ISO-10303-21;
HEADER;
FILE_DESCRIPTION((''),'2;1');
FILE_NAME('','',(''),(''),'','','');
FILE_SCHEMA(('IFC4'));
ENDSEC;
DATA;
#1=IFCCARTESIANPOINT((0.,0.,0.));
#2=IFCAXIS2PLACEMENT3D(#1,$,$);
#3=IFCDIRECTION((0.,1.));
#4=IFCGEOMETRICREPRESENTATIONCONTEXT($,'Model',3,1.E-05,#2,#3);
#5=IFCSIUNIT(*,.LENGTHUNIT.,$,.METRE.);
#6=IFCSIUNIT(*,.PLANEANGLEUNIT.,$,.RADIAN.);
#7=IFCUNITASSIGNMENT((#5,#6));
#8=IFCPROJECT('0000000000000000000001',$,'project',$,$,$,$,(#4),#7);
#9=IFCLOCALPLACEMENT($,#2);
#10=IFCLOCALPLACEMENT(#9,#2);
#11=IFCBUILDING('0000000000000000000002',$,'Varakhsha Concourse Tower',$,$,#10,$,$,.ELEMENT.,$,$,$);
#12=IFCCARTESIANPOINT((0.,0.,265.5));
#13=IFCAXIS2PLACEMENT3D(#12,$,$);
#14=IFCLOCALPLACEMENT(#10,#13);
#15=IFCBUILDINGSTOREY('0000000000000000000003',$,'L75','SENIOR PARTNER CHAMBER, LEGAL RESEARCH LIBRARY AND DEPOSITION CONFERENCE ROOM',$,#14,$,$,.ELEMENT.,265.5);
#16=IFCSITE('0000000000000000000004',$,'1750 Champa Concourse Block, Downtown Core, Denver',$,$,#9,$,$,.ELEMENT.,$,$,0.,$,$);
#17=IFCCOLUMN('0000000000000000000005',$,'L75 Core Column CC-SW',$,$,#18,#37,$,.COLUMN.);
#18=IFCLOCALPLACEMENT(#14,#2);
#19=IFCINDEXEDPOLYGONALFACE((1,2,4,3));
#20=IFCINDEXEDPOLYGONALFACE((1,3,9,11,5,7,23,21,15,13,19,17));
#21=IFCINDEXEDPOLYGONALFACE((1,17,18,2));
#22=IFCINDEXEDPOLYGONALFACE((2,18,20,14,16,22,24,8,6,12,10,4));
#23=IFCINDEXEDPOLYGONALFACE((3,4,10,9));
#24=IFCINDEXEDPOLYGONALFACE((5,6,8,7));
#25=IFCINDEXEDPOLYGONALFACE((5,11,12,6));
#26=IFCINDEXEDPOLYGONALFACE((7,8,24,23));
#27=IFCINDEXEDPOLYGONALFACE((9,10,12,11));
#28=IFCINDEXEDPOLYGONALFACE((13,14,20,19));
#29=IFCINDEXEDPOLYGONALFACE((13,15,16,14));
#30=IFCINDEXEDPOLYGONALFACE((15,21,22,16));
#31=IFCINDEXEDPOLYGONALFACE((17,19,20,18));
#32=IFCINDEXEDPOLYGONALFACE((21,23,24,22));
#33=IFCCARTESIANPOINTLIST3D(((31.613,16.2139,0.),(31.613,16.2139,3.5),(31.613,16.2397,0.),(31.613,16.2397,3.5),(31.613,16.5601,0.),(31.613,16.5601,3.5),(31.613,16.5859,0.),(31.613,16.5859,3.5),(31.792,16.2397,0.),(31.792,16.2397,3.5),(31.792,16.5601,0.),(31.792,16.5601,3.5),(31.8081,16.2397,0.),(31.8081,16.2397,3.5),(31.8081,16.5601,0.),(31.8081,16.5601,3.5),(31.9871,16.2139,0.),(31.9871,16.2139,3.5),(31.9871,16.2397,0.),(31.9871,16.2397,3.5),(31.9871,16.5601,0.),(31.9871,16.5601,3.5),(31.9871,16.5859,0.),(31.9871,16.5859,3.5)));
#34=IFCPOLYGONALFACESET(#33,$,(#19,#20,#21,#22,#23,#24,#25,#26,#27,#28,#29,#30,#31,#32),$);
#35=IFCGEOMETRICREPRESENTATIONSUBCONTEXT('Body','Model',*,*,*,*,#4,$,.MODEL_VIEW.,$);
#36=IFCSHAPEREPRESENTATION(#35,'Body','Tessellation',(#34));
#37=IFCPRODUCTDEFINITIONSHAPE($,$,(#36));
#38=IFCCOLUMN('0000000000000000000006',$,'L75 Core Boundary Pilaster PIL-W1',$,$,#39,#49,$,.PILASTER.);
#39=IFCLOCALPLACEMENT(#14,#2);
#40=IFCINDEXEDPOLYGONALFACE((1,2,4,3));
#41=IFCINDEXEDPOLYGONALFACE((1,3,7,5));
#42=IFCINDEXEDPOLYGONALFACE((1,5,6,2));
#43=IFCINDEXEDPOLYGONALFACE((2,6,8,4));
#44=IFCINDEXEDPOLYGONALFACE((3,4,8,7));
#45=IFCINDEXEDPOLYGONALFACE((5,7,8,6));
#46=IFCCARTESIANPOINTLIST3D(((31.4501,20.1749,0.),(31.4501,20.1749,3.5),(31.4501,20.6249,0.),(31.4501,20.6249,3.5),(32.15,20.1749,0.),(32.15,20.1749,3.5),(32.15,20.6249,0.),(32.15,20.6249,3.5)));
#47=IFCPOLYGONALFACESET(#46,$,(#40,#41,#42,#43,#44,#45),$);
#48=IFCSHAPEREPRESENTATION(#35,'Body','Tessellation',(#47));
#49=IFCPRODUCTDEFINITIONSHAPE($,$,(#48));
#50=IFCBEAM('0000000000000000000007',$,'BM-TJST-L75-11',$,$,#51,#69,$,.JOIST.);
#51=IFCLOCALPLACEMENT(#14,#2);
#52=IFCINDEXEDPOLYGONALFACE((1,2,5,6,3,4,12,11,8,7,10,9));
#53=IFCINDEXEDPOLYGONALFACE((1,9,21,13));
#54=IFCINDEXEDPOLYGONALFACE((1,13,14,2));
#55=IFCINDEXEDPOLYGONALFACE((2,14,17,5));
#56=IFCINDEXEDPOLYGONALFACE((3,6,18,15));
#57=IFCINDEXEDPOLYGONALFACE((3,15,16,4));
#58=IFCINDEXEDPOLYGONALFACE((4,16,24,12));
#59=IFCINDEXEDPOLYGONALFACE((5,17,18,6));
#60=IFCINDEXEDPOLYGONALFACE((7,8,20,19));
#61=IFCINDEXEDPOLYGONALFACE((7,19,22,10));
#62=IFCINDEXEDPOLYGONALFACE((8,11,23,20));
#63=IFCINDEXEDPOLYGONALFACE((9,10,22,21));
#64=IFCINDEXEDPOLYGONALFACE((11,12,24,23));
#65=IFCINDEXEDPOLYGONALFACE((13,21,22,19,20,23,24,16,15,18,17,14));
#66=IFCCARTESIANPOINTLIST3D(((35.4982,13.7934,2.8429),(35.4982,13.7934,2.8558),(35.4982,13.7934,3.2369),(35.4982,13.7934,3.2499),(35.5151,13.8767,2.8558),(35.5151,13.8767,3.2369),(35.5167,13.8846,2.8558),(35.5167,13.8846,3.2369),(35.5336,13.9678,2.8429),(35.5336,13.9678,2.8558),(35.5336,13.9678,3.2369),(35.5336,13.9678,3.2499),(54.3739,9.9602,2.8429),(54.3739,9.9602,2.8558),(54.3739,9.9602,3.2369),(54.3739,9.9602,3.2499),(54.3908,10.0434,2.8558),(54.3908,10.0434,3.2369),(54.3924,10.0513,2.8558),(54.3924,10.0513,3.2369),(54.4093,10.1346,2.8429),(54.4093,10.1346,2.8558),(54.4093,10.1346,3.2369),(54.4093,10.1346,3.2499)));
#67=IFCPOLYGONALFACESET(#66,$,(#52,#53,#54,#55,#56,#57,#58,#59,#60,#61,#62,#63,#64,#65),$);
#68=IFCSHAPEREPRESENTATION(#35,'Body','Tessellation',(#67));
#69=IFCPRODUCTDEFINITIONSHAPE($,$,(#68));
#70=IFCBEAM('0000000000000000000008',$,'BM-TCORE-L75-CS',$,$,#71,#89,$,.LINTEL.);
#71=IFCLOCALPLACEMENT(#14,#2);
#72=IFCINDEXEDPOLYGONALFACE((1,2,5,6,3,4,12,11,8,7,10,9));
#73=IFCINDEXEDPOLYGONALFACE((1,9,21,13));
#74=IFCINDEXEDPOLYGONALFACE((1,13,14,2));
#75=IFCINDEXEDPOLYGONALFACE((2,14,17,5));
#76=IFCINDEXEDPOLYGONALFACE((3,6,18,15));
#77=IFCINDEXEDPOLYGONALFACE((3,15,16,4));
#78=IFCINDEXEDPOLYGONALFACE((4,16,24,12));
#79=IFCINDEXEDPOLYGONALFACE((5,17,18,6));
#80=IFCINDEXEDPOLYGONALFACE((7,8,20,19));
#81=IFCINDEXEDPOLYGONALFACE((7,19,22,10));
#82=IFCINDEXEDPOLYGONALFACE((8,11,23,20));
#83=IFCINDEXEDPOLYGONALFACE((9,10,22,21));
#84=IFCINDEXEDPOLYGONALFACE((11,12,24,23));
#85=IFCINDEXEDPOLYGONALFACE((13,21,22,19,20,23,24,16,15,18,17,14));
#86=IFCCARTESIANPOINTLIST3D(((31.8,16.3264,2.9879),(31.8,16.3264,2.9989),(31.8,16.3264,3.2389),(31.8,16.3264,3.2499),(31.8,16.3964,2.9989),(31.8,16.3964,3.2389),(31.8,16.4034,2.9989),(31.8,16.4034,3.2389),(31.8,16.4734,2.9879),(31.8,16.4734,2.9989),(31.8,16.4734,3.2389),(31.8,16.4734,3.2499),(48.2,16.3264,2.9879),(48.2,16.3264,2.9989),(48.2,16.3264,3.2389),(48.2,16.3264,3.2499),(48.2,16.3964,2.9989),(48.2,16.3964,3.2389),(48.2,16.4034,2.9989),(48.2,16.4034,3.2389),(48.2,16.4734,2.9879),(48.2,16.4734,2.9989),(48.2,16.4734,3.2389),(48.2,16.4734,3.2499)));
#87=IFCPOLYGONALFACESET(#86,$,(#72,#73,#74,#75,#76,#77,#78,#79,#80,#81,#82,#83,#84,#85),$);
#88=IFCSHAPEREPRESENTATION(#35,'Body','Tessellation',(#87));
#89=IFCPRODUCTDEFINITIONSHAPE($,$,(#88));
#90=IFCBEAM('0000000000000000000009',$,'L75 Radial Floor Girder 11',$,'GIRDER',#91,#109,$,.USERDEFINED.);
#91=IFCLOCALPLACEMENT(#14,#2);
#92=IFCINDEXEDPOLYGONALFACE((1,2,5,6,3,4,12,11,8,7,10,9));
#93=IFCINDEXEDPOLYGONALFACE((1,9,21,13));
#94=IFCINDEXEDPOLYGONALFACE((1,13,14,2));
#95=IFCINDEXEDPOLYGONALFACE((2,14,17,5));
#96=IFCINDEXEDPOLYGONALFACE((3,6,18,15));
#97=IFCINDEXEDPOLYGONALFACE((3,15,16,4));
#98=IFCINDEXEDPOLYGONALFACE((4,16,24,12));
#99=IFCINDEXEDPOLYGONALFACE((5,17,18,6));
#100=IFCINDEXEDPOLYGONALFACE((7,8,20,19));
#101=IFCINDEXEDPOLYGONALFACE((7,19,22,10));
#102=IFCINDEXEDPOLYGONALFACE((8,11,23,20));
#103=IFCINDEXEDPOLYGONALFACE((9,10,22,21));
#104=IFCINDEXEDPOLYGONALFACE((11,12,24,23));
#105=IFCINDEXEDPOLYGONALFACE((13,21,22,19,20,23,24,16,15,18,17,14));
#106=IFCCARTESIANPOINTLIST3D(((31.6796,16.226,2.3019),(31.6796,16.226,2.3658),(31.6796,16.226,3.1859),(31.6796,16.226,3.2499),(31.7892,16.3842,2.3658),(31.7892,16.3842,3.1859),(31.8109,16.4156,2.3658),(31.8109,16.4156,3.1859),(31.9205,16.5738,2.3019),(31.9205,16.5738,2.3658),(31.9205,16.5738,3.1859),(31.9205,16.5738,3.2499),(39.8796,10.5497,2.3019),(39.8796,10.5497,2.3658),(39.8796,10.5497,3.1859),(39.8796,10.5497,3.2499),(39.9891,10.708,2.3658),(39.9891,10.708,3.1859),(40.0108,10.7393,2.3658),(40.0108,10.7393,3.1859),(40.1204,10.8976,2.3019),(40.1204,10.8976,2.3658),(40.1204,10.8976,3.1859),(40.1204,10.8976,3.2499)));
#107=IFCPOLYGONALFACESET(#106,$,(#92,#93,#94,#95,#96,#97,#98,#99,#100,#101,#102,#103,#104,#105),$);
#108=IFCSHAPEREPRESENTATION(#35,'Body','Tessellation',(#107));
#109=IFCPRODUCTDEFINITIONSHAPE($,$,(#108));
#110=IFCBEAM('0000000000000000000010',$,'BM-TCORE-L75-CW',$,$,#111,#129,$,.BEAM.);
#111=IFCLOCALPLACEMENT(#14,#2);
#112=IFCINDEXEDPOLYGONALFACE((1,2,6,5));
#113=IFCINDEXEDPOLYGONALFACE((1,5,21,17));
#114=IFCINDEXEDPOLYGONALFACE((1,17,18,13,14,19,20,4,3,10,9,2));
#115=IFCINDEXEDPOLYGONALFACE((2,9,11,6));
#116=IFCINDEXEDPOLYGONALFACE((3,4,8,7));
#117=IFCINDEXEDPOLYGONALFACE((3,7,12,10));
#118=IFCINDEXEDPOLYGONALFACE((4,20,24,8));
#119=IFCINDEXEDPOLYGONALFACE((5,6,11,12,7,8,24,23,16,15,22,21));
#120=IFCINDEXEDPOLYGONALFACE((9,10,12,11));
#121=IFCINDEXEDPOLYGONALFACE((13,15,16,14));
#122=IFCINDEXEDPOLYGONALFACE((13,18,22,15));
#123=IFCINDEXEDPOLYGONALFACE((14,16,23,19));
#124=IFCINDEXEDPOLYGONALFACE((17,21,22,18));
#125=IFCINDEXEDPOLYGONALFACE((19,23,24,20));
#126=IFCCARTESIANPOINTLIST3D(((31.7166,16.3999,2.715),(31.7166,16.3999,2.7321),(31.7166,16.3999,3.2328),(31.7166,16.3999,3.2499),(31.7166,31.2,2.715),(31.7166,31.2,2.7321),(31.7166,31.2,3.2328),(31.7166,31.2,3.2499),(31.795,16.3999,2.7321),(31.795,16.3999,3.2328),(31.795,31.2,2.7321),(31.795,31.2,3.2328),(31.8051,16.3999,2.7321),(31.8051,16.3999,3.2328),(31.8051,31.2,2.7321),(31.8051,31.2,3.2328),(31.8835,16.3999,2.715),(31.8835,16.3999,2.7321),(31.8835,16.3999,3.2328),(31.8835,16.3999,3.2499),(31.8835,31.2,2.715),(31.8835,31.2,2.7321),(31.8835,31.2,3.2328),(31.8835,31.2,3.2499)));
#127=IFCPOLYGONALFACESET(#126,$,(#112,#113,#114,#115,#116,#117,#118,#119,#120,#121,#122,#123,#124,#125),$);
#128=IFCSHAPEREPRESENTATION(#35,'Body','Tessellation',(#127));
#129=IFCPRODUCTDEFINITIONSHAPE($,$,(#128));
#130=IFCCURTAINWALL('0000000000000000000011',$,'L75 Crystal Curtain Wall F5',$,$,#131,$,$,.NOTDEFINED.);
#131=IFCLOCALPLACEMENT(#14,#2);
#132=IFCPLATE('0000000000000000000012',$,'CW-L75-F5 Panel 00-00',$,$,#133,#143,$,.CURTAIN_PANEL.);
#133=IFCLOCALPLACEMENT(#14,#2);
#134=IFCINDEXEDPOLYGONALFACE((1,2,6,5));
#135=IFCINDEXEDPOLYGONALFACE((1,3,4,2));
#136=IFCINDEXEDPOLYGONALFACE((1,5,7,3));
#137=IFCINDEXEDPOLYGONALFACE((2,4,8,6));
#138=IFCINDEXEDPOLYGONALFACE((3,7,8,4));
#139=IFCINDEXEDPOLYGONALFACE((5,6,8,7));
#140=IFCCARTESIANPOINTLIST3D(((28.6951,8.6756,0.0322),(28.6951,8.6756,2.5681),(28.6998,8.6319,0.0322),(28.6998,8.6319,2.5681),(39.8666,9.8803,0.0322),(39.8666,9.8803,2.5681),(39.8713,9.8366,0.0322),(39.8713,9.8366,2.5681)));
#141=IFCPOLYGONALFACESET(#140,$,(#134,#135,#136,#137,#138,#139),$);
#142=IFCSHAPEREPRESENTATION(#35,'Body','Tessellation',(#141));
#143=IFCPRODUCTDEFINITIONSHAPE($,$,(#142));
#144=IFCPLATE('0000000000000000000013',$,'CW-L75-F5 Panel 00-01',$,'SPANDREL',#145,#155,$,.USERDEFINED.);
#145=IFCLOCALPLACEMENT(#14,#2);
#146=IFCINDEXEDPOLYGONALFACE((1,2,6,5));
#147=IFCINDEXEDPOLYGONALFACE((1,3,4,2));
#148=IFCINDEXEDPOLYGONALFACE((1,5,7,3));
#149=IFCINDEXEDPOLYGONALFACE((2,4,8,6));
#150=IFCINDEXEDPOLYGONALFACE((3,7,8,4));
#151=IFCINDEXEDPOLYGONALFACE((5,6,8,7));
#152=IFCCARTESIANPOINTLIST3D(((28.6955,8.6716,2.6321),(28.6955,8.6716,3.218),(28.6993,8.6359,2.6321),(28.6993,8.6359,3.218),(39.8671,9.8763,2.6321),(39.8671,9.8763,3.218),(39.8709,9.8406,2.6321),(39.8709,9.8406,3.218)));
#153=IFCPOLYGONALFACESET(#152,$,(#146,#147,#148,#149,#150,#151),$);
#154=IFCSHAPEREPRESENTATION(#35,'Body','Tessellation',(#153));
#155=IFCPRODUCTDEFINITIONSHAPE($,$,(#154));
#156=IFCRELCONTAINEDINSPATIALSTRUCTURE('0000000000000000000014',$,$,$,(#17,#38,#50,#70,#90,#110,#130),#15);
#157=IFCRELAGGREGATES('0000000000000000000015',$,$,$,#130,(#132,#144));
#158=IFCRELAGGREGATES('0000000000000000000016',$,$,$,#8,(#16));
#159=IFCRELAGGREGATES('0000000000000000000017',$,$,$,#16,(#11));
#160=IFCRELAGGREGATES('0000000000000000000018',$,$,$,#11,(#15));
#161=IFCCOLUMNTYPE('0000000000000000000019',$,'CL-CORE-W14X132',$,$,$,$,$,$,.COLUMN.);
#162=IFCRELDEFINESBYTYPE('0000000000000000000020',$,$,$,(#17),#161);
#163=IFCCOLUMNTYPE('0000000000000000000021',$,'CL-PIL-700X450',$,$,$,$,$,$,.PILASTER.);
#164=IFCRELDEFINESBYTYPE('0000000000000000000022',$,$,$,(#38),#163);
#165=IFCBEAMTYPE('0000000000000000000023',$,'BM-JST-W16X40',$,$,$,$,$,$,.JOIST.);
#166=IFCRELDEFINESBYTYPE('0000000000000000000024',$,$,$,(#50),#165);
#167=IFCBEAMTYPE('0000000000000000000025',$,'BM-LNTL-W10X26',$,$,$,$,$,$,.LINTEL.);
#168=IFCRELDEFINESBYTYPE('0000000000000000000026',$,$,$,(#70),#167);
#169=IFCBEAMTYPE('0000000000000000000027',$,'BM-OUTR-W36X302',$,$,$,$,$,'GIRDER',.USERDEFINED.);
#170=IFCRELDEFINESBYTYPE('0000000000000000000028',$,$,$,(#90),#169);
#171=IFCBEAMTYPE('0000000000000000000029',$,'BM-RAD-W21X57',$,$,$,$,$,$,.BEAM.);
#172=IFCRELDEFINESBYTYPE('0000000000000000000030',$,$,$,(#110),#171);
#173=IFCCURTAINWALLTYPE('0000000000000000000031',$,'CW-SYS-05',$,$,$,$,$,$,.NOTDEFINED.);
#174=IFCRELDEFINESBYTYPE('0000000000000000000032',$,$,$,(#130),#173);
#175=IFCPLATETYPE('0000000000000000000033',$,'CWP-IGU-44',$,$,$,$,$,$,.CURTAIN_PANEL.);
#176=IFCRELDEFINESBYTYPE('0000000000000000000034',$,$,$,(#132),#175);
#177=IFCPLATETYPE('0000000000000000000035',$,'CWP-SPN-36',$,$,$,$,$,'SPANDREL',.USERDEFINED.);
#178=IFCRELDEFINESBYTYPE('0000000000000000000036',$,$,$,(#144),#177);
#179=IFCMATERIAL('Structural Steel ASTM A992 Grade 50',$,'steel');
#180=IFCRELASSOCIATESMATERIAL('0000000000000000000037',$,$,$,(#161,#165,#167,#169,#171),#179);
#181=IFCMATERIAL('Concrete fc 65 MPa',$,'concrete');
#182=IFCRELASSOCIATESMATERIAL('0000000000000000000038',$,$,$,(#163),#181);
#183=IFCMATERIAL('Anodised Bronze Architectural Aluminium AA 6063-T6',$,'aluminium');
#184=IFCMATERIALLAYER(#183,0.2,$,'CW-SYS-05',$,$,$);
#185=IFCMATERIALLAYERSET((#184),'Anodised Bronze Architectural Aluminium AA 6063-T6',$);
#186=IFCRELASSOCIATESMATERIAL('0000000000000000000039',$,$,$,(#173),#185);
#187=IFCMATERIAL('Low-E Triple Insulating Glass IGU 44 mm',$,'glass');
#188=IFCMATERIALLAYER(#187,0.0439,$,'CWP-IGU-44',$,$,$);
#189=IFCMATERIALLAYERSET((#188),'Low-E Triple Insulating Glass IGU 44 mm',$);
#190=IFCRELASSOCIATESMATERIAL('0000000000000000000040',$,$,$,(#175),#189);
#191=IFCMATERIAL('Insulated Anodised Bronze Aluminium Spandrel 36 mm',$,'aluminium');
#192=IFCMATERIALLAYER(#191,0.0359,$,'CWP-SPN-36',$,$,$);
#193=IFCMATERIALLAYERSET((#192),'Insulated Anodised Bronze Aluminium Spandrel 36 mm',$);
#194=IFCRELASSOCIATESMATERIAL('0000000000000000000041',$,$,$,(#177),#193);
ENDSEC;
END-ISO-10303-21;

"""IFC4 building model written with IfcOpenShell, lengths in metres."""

from ifc_helpers import new_model, si_unit, direction, frame, origin, origin_2d, place, context, subcontext, project, spatial, rectangle, i_section, extrude, source, transform, mapped, material, layer, layer_set, material_profile, profile_set, type_object, type_shapes, element, aggregate, save


model = new_model("IFC4")

# Units and contexts
model_context = context("Model", 3, precision=1e-05, world=origin(), true_north=direction((0.0, 1.0)))
body_context = subcontext(model_context, "Body", "Model", "MODEL_VIEW")
ifc_project = project(units=[si_unit("LENGTHUNIT", "METRE"), si_unit("PLANEANGLEUNIT", "RADIAN")], contexts=[model_context])

# Site, building, storey
site_placement = place(None, origin())
site = spatial("IfcSite", under=ifc_project, at=site_placement, Name="1750 Champa Concourse Block, Downtown Core, Denver", CompositionType="ELEMENT", RefElevation=0.0)
building_placement = place(site_placement, origin())
building = spatial("IfcBuilding", under=site, at=building_placement, Name="Varakhsha Concourse Tower", CompositionType="ELEMENT")
storey_placement = place(building_placement, frame((0.0, 0.0, 265.5)))
storey = spatial("IfcBuildingStorey", under=building, at=storey_placement, Name="L75", Description="SENIOR PARTNER CHAMBER, LEGAL RESEARCH LIBRARY AND DEPOSITION CONFERENCE ROOM", CompositionType="ELEMENT", Elevation=265.5)

# Columns
ifc_material_1 = material(Name="Structural Steel ASTM A992 Grade 50", Category="steel")
ifc_material_profile_1 = material_profile(ifc_material_1, i_section(OverallWidth=0.374, OverallDepth=0.3721, WebThickness=0.0161, FlangeThickness=0.0259, at=origin_2d()), Name="W14X132")
ifc_profile_set_1 = profile_set([ifc_material_profile_1], Name="Structural Steel ASTM A992 Grade 50")
column_type_1 = type_object("IfcColumnType", Name="CL-CORE-W14X132", PredefinedType="COLUMN", material=ifc_profile_set_1)
column_1_placement = place(storey_placement, frame((31.8, 16.3999, 0.0), z_axis=(0.0, 0.0, 1.0), x_axis=(1.0, 0.0, 0.0)))
element("IfcColumn", 1, at=column_1_placement, inside=storey, type_object=column_type_1, Name="L75 Core Column CC-SW", PredefinedType="COLUMN", context=body_context, shape_type="SweptSolid", body=[
    extrude(i_section(OverallWidth=0.374, OverallDepth=0.3721, WebThickness=0.0161, FlangeThickness=0.0259, at=origin_2d()), origin(), (0.0, 0.0, 1.0), 3.5),
])
ifc_material_2 = material(Name="Concrete fc 65 MPa", Category="concrete")
ifc_material_profile_2 = material_profile(ifc_material_2, rectangle(XDim=0.7, YDim=0.45, at=origin_2d()), Name="RC 700x450")
ifc_profile_set_2 = profile_set([ifc_material_profile_2], Name="Concrete fc 65 MPa")
column_type_2 = type_object("IfcColumnType", Name="CL-PIL-700X450", PredefinedType="PILASTER", material=ifc_profile_set_2)
column_2_placement = place(storey_placement, frame((31.8, 20.3999, 0.0), z_axis=(0.0, 0.0, 1.0), x_axis=(1.0, 0.0, 0.0)))
element("IfcColumn", 2, at=column_2_placement, inside=storey, type_object=column_type_2, Name="L75 Core Boundary Pilaster PIL-W1", PredefinedType="PILASTER", context=body_context, shape_type="SweptSolid", body=[
    extrude(rectangle(XDim=0.7, YDim=0.45, at=origin_2d()), origin(), (0.0, 0.0, 1.0), 3.5),
])

# Beams
ifc_material_profile_3 = material_profile(ifc_material_1, i_section(OverallWidth=0.178, OverallDepth=0.407, WebThickness=0.0081, FlangeThickness=0.0129, at=origin_2d()), Name="W16X40")
ifc_profile_set_3 = profile_set([ifc_material_profile_3], Name="Structural Steel ASTM A992 Grade 50")
beam_type_1 = type_object("IfcBeamType", Name="BM-JST-W16X40", PredefinedType="JOIST", material=ifc_profile_set_3)
beam_1_placement = place(storey_placement, frame((35.5159, 13.8806, 3.0464), z_axis=(0.979996, -0.199016, 0.0), x_axis=(0.199016, 0.979996, 0.0)))
element("IfcBeam", 3, at=beam_1_placement, inside=storey, type_object=beam_type_1, Name="BM-TJST-L75-11", PredefinedType="JOIST", context=body_context, shape_type="SweptSolid", body=[
    extrude(i_section(OverallWidth=0.178, OverallDepth=0.407, WebThickness=0.0081, FlangeThickness=0.0129, at=origin_2d()), origin(), (0.0, 0.0, 1.0), 19.261),
])
ifc_material_profile_4 = material_profile(ifc_material_1, i_section(OverallWidth=0.147, OverallDepth=0.262, WebThickness=0.0071, FlangeThickness=0.011, at=origin_2d()), Name="W10X26")
ifc_profile_set_4 = profile_set([ifc_material_profile_4], Name="Structural Steel ASTM A992 Grade 50")
beam_type_2 = type_object("IfcBeamType", Name="BM-LNTL-W10X26", PredefinedType="LINTEL", material=ifc_profile_set_4)
beam_2_placement = place(storey_placement, frame((31.8, 16.3999, 3.1189), z_axis=(1.0, 0.0, 0.0), x_axis=(0.0, 1.0, 0.0)))
element("IfcBeam", 4, at=beam_2_placement, inside=storey, type_object=beam_type_2, Name="BM-TCORE-L75-CS", PredefinedType="LINTEL", context=body_context, shape_type="SweptSolid", body=[
    extrude(i_section(OverallWidth=0.147, OverallDepth=0.262, WebThickness=0.0071, FlangeThickness=0.011, at=origin_2d()), origin(), (0.0, 0.0, 1.0), 16.3999),
])
ifc_material_profile_5 = material_profile(ifc_material_1, i_section(OverallWidth=0.4231, OverallDepth=0.948, WebThickness=0.0381, FlangeThickness=0.064, at=origin_2d()), Name="W36X302")
ifc_profile_set_5 = profile_set([ifc_material_profile_5], Name="Structural Steel ASTM A992 Grade 50")
beam_type_3 = type_object("IfcBeamType", Name="BM-OUTR-W36X302", ElementType="GIRDER", PredefinedType="USERDEFINED", material=ifc_profile_set_5)
beam_3_placement = place(storey_placement, frame((31.8, 16.3999, 2.7759), z_axis=(0.822221, -0.569168, 0.0), x_axis=(0.569168, 0.822221, 0.0)))
element("IfcBeam", 5, at=beam_3_placement, inside=storey, type_object=beam_type_3, Name="L75 Radial Floor Girder 11", ObjectType="GIRDER", PredefinedType="USERDEFINED", context=body_context, shape_type="SweptSolid", body=[
    extrude(i_section(OverallWidth=0.4231, OverallDepth=0.948, WebThickness=0.0381, FlangeThickness=0.064, at=origin_2d()), origin(), (0.0, 0.0, 1.0), 9.9729),
])
ifc_material_profile_6 = material_profile(ifc_material_1, i_section(OverallWidth=0.167, OverallDepth=0.5349, WebThickness=0.01, FlangeThickness=0.0171, at=origin_2d()), Name="W21X57")
ifc_profile_set_6 = profile_set([ifc_material_profile_6], Name="Structural Steel ASTM A992 Grade 50")
beam_type_4 = type_object("IfcBeamType", Name="BM-RAD-W21X57", PredefinedType="BEAM", material=ifc_profile_set_6)
beam_4_placement = place(storey_placement, frame((31.8, 16.3999, 2.9824), z_axis=(0.0, 1.0, 0.0), x_axis=(-1.0, 0.0, 0.0)))
element("IfcBeam", 6, at=beam_4_placement, inside=storey, type_object=beam_type_4, Name="BM-TCORE-L75-CW", PredefinedType="BEAM", context=body_context, shape_type="SweptSolid", body=[
    extrude(i_section(OverallWidth=0.167, OverallDepth=0.5349, WebThickness=0.01, FlangeThickness=0.0171, at=origin_2d()), origin(), (0.0, 0.0, 1.0), 14.8),
])

# Curtain wall, plates
ifc_material_3 = material(Name="Anodised Bronze Architectural Aluminium AA 6063-T6", Category="aluminium")
ifc_layer_1 = layer(ifc_material_3, 0.2, Name="CW-SYS-05")
ifc_layer_set_1 = layer_set([ifc_layer_1], Name="Anodised Bronze Architectural Aluminium AA 6063-T6")
curtain_wall_type = type_object("IfcCurtainWallType", Name="CW-SYS-05", PredefinedType="NOTDEFINED", material=ifc_layer_set_1)
curtain_wall_placement = place(storey_placement, origin())
curtain_wall = element("IfcCurtainWall", 7, at=curtain_wall_placement, inside=storey, type_object=curtain_wall_type, Name="L75 Crystal Curtain Wall F5", PredefinedType="NOTDEFINED")
ifc_material_4 = material(Name="Low-E Triple Insulating Glass IGU 44 mm", Category="glass")
ifc_layer_2 = layer(ifc_material_4, 0.0439, Name="CWP-IGU-44")
ifc_layer_set_2 = layer_set([ifc_layer_2], Name="Low-E Triple Insulating Glass IGU 44 mm")
plate_type_1 = type_object("IfcPlateType", Name="CWP-IGU-44", PredefinedType="CURTAIN_PANEL", material=ifc_layer_set_2)
shared_shape_1 = source(origin(), body_context, "Body", "SweptSolid", [
    extrude(rectangle(XDim=11.2363, YDim=0.0439, at=origin_2d()), origin(), (0.0, 0.0, 1.0), 2.5359),
])
type_shapes(plate_type_1, [shared_shape_1])
plate_1_placement = place(storey_placement, frame((34.2832, 9.2561, 0.0322), z_axis=(0.0, 0.0, 1.0), x_axis=(-0.994236, -0.10721, 0.0)))
plate_1 = element("IfcPlate", 8, at=plate_1_placement, type_object=plate_type_1, Name="CW-L75-F5 Panel 00-00", PredefinedType="CURTAIN_PANEL", context=body_context, shape_type="MappedRepresentation", body=[
    mapped(shared_shape_1, transform((0.0, 0.0, 0.0), scale=1.0)),
])
ifc_material_5 = material(Name="Insulated Anodised Bronze Aluminium Spandrel 36 mm", Category="aluminium")
ifc_layer_3 = layer(ifc_material_5, 0.0359, Name="CWP-SPN-36")
ifc_layer_set_3 = layer_set([ifc_layer_3], Name="Insulated Anodised Bronze Aluminium Spandrel 36 mm")
plate_type_2 = type_object("IfcPlateType", Name="CWP-SPN-36", ElementType="SPANDREL", PredefinedType="USERDEFINED", material=ifc_layer_set_3)
shared_shape_2 = source(origin(), body_context, "Body", "SweptSolid", [
    extrude(rectangle(XDim=11.2363, YDim=0.0359, at=origin_2d()), origin(), (0.0, 0.0, 1.0), 0.5859),
])
type_shapes(plate_type_2, [shared_shape_2])
plate_2_placement = place(storey_placement, frame((34.2832, 9.2561, 2.6321), z_axis=(0.0, 0.0, 1.0), x_axis=(-0.994236, -0.10721, 0.0)))
plate_2 = element("IfcPlate", 9, at=plate_2_placement, type_object=plate_type_2, Name="CW-L75-F5 Panel 00-01", ObjectType="SPANDREL", PredefinedType="USERDEFINED", context=body_context, shape_type="MappedRepresentation", body=[
    mapped(shared_shape_2, transform((0.0, 0.0, 0.0), scale=1.0)),
])
aggregate(curtain_wall, [plate_1, plate_2])

save(model, "model.ifc")
